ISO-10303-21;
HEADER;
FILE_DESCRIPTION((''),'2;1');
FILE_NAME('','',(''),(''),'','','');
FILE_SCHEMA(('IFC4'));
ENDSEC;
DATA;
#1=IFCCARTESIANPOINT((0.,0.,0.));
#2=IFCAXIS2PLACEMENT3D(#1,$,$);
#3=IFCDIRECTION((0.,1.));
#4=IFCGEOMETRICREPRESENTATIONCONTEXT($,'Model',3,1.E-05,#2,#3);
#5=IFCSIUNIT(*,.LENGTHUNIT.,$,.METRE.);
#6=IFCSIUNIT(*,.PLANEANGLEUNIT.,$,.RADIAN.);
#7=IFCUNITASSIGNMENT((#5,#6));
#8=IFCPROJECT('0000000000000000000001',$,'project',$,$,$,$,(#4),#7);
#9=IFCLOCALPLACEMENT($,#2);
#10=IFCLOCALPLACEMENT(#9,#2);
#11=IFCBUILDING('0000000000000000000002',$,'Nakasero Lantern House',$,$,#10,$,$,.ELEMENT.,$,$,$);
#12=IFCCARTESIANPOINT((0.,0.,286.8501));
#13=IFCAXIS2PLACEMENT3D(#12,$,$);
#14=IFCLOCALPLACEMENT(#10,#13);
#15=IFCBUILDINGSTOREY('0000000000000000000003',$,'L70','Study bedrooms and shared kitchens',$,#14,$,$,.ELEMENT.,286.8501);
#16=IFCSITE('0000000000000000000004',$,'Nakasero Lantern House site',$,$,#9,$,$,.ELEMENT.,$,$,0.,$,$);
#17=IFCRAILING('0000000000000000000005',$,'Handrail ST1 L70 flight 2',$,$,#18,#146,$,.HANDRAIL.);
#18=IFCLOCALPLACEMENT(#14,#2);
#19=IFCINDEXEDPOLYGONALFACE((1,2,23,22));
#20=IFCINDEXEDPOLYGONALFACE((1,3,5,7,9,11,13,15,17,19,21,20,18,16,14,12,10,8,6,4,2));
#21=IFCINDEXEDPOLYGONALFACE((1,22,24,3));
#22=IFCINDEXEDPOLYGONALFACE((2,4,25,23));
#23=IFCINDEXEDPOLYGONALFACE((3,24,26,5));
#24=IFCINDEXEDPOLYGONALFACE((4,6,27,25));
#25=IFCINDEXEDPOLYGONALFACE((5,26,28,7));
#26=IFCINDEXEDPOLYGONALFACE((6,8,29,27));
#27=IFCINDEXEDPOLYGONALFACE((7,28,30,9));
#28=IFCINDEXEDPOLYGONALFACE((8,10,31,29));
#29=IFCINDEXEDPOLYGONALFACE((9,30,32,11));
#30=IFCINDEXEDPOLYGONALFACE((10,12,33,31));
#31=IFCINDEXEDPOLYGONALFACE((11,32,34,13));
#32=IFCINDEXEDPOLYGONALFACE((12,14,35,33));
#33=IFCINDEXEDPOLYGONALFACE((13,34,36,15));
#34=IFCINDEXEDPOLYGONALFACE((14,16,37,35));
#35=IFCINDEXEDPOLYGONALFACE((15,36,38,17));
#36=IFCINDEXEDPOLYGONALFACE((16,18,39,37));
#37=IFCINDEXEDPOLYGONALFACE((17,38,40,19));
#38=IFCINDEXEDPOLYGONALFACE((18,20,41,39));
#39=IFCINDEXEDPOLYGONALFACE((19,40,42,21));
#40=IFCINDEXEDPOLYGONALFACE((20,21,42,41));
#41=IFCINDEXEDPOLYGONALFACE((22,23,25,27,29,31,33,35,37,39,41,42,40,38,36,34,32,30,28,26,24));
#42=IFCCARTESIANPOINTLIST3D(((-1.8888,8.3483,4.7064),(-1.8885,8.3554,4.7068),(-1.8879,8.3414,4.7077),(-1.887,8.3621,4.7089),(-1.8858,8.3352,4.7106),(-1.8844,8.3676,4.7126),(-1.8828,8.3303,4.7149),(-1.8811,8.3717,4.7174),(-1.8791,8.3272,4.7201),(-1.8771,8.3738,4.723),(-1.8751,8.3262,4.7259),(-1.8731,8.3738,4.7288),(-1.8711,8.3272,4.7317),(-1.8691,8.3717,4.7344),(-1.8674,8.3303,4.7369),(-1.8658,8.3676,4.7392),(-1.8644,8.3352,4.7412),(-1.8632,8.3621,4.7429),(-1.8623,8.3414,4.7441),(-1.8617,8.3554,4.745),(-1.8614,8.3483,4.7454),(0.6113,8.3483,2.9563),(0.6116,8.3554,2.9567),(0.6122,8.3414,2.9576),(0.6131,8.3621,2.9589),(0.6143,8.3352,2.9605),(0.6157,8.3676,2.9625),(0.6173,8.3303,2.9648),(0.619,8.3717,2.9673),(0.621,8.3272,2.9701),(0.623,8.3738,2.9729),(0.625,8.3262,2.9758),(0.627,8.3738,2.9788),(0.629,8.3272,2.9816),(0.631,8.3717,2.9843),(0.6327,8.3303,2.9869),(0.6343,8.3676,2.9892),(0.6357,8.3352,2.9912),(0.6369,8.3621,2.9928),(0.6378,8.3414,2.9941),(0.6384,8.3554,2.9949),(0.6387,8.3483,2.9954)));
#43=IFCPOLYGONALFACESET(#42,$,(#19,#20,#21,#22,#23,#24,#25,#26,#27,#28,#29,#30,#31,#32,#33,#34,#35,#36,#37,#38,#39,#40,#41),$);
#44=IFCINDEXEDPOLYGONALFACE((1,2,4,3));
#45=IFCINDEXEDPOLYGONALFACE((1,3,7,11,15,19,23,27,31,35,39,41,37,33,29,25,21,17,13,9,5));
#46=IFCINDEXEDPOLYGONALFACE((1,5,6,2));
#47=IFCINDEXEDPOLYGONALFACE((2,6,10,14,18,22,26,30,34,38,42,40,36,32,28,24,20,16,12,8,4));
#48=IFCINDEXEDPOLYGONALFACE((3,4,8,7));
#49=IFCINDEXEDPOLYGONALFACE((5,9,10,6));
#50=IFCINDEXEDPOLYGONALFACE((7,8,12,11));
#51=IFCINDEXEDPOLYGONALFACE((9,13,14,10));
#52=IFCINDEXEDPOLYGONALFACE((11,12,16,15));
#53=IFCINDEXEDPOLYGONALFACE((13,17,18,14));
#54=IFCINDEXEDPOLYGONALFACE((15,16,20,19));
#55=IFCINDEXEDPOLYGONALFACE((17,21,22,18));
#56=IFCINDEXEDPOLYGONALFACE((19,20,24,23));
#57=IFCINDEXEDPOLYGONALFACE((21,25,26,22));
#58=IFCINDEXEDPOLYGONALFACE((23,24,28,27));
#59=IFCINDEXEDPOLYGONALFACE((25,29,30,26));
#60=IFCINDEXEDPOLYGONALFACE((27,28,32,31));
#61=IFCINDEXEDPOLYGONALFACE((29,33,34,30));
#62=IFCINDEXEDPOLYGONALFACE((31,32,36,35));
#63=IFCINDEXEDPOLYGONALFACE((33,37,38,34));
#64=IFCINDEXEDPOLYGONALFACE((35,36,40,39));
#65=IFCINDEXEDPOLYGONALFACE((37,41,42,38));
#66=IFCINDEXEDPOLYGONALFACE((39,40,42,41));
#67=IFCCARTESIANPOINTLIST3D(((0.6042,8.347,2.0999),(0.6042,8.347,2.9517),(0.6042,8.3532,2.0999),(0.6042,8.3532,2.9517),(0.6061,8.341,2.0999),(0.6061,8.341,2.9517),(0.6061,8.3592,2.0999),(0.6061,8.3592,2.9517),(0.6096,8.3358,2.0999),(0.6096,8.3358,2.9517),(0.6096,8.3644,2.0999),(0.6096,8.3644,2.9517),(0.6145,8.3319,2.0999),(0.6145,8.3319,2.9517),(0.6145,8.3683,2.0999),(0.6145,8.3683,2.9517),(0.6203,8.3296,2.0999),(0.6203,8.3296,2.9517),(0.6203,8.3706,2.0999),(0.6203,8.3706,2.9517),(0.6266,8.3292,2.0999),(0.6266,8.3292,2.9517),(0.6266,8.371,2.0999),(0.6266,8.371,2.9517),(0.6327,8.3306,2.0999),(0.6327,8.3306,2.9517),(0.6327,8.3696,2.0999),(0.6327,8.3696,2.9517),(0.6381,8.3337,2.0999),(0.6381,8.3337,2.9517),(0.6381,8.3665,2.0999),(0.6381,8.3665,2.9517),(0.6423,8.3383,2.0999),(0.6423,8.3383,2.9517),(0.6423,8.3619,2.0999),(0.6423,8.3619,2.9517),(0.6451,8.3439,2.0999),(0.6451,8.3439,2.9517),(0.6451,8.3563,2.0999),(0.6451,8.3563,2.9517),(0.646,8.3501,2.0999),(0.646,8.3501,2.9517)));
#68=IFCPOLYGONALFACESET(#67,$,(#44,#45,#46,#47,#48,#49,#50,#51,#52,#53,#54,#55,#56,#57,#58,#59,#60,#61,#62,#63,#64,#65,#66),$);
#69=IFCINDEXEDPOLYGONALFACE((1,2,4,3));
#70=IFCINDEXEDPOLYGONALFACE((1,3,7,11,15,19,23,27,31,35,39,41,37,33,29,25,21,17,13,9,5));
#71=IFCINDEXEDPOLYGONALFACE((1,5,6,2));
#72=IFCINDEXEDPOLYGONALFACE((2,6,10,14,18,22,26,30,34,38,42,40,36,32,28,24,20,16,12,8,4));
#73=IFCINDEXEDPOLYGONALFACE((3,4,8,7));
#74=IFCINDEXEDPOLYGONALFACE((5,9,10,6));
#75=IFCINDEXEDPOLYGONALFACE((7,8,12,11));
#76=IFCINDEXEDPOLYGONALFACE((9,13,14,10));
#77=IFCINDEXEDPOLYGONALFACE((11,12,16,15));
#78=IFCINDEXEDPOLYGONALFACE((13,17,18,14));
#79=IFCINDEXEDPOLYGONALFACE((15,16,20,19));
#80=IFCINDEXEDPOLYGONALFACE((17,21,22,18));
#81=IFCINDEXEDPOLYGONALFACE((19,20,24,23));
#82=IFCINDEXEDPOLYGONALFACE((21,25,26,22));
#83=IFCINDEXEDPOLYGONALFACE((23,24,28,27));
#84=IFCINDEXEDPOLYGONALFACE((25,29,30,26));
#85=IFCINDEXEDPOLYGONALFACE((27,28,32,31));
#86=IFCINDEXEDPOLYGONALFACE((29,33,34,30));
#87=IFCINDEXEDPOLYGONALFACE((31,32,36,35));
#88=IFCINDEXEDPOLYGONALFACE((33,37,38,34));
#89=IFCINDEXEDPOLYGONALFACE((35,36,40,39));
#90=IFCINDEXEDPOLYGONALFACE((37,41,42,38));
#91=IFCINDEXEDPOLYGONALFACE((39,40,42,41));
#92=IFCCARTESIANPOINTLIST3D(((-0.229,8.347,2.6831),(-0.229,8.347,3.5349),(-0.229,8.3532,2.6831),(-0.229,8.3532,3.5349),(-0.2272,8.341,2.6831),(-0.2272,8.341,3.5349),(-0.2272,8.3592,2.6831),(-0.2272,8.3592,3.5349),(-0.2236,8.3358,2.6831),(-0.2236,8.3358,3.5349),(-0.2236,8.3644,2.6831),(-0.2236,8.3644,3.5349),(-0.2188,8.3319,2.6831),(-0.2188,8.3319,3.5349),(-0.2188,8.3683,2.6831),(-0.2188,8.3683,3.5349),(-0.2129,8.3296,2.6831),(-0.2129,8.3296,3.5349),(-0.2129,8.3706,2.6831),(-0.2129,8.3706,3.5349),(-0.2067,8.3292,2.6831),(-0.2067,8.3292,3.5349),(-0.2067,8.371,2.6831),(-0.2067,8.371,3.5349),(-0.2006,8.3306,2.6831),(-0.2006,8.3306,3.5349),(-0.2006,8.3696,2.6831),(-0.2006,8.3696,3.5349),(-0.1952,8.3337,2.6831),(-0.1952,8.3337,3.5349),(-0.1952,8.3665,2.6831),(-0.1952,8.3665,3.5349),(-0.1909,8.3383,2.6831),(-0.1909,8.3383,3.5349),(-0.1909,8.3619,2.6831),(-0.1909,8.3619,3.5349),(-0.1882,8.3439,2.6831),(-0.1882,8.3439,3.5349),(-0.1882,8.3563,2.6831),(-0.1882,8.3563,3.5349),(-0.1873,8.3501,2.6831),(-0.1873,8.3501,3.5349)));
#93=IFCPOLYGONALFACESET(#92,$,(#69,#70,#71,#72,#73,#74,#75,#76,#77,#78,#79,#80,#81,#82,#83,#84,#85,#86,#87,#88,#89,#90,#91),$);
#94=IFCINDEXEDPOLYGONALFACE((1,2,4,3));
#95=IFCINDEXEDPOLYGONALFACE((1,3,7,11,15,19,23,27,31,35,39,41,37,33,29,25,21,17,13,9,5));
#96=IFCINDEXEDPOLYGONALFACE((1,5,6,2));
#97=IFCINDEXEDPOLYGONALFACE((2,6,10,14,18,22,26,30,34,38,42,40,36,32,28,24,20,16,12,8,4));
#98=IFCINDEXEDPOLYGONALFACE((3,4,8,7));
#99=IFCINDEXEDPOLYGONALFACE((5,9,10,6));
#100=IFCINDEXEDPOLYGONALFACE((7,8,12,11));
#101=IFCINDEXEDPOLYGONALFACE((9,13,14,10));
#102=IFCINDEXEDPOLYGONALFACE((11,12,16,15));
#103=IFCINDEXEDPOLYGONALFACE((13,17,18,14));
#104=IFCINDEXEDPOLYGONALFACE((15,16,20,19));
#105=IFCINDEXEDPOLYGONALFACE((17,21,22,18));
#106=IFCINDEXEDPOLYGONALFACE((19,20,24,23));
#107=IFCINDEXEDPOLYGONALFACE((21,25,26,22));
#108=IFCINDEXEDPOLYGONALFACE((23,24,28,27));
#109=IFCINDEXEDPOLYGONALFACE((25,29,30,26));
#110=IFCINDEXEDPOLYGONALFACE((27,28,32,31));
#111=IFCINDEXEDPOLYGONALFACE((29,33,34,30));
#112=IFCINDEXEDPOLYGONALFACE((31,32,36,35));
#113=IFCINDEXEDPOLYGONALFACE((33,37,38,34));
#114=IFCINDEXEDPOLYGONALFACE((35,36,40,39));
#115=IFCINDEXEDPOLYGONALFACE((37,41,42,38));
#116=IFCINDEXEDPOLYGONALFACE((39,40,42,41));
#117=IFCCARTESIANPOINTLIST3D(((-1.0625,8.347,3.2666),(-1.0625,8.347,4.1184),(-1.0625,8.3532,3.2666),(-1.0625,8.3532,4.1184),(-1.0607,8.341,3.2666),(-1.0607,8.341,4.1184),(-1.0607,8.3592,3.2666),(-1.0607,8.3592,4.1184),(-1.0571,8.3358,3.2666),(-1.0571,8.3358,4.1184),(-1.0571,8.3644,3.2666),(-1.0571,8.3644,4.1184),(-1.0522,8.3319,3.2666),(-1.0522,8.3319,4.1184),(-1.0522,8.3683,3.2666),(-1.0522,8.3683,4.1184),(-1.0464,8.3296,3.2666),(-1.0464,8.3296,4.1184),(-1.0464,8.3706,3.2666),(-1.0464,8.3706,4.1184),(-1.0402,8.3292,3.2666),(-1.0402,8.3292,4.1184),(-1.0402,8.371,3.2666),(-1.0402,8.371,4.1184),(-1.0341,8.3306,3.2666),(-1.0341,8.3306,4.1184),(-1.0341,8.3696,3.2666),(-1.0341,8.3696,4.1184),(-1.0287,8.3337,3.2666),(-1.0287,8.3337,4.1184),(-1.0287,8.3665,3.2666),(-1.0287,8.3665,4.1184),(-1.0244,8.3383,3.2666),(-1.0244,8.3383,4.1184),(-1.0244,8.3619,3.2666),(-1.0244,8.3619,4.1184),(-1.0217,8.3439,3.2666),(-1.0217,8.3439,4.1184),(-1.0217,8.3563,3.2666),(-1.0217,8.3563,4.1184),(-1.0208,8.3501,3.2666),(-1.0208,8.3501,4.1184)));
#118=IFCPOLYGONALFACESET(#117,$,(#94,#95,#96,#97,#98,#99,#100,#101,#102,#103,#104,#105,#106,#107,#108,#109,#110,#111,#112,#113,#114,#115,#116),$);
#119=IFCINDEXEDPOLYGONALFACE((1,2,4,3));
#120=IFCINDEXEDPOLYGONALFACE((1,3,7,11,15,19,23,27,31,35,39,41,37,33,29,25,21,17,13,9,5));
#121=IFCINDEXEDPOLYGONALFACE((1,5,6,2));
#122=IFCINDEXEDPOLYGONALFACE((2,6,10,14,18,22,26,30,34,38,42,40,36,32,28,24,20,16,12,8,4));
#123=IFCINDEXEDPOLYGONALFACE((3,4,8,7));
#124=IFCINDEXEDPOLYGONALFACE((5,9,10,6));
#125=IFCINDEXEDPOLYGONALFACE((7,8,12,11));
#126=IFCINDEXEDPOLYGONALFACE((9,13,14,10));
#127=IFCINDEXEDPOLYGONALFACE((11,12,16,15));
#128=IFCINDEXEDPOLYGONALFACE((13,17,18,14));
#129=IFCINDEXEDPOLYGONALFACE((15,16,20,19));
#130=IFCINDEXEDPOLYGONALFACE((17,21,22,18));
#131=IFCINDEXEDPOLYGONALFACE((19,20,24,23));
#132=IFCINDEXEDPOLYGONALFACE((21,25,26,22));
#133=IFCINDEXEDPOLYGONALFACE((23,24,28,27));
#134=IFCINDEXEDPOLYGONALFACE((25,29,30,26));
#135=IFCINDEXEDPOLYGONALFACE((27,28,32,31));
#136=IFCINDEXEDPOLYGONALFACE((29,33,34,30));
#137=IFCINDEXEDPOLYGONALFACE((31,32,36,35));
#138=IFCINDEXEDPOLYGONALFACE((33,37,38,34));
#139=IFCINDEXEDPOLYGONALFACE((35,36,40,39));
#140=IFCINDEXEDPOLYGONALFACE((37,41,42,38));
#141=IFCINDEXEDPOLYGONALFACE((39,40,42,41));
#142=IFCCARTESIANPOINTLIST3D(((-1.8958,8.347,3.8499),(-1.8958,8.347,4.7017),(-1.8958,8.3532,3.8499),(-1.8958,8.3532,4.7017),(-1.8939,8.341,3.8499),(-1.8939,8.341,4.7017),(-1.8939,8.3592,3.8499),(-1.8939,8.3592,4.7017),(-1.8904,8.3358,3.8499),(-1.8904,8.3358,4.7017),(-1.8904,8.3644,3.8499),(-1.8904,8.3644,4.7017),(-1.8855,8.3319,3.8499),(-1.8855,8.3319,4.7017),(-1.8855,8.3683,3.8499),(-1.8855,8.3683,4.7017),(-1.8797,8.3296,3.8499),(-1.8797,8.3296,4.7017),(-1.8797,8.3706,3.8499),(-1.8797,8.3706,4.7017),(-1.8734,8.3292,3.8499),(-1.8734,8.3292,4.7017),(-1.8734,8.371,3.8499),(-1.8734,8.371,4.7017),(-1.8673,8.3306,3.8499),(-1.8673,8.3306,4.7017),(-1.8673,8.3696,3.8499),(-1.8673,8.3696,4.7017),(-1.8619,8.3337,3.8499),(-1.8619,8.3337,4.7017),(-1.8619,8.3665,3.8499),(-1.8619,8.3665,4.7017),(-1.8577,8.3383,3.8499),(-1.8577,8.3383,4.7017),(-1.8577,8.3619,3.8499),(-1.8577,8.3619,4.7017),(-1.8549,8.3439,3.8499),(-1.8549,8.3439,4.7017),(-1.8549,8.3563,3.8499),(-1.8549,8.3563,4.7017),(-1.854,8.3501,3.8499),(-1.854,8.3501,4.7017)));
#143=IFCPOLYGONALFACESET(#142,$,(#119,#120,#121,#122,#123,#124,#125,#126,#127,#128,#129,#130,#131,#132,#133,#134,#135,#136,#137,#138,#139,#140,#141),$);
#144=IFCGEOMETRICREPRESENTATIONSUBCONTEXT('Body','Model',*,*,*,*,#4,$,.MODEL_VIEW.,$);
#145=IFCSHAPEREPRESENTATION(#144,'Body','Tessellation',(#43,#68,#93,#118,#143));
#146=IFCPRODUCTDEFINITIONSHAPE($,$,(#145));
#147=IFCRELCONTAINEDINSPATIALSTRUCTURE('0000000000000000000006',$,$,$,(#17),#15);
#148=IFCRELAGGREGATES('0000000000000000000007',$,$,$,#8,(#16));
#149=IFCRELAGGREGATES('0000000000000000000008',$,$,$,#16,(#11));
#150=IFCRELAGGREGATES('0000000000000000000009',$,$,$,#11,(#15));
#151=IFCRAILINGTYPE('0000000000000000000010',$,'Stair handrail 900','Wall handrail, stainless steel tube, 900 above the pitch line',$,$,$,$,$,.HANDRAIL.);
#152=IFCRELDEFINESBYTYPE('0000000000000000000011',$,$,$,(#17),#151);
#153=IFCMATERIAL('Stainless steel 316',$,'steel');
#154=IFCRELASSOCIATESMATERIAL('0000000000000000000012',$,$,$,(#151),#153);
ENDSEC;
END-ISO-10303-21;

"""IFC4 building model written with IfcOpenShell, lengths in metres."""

from ifc_helpers import new_model, si_unit, direction, frame, origin, origin_2d, place, context, subcontext, project, spatial, circle, extrude, material, type_object, element, save


model = new_model("IFC4")

# Units and contexts
model_context = context("Model", 3, precision=1e-05, world=origin(), true_north=direction((0.0, 1.0)))
body_context = subcontext(model_context, "Body", "Model", "MODEL_VIEW")
ifc_project = project(units=[si_unit("LENGTHUNIT", "METRE"), si_unit("PLANEANGLEUNIT", "RADIAN")], contexts=[model_context])

# Site, building, storey
site_placement = place(None, origin())
site = spatial("IfcSite", under=ifc_project, at=site_placement, Name="Nakasero Lantern House site", CompositionType="ELEMENT", RefElevation=0.0)
building_placement = place(site_placement, origin())
building = spatial("IfcBuilding", under=site, at=building_placement, Name="Nakasero Lantern House", CompositionType="ELEMENT")
storey_placement = place(building_placement, frame((0.0, 0.0, 286.8501)))
storey = spatial("IfcBuildingStorey", under=building, at=storey_placement, Name="L70", Description="Study bedrooms and shared kitchens", CompositionType="ELEMENT", Elevation=286.8501)

# Railing
ifc_material_1 = material(Name="Stainless steel 316", Category="steel")
railing_type = type_object("IfcRailingType", Name="Stair handrail 900", Description="Wall handrail, stainless steel tube, 900 above the pitch line", PredefinedType="HANDRAIL", material=ifc_material_1)
railing_placement = place(storey_placement, frame((0.625, 8.3501, 2.0999)))
element("IfcRailing", 1, at=railing_placement, inside=storey, type_object=railing_type, Name="Handrail ST1 L70 flight 2", PredefinedType="HANDRAIL", context=body_context, shape_type="SweptSolid", body=[
    extrude(circle(Radius=0.0239, at=origin_2d()), frame((0.0, 0.0, 0.876), z_axis=(-0.819232, 0.0, 0.573462), x_axis=(0.0, -1.0, 0.0)), (0.0, 0.0, 1.0), 3.0518),
    extrude(circle(Radius=0.021, at=origin_2d()), origin(), (0.0, 0.0, 1.0), 0.8518),
    extrude(circle(Radius=0.021, at=origin_2d()), frame((-0.8333, 0.0, 0.5833)), (0.0, 0.0, 1.0), 0.8518),
    extrude(circle(Radius=0.021, at=origin_2d()), frame((-1.6667, 0.0, 1.1667)), (0.0, 0.0, 1.0), 0.8518),
    extrude(circle(Radius=0.021, at=origin_2d()), frame((-2.5, 0.0, 1.75)), (0.0, 0.0, 1.0), 0.8518),
])

save(model, "model.ifc")
